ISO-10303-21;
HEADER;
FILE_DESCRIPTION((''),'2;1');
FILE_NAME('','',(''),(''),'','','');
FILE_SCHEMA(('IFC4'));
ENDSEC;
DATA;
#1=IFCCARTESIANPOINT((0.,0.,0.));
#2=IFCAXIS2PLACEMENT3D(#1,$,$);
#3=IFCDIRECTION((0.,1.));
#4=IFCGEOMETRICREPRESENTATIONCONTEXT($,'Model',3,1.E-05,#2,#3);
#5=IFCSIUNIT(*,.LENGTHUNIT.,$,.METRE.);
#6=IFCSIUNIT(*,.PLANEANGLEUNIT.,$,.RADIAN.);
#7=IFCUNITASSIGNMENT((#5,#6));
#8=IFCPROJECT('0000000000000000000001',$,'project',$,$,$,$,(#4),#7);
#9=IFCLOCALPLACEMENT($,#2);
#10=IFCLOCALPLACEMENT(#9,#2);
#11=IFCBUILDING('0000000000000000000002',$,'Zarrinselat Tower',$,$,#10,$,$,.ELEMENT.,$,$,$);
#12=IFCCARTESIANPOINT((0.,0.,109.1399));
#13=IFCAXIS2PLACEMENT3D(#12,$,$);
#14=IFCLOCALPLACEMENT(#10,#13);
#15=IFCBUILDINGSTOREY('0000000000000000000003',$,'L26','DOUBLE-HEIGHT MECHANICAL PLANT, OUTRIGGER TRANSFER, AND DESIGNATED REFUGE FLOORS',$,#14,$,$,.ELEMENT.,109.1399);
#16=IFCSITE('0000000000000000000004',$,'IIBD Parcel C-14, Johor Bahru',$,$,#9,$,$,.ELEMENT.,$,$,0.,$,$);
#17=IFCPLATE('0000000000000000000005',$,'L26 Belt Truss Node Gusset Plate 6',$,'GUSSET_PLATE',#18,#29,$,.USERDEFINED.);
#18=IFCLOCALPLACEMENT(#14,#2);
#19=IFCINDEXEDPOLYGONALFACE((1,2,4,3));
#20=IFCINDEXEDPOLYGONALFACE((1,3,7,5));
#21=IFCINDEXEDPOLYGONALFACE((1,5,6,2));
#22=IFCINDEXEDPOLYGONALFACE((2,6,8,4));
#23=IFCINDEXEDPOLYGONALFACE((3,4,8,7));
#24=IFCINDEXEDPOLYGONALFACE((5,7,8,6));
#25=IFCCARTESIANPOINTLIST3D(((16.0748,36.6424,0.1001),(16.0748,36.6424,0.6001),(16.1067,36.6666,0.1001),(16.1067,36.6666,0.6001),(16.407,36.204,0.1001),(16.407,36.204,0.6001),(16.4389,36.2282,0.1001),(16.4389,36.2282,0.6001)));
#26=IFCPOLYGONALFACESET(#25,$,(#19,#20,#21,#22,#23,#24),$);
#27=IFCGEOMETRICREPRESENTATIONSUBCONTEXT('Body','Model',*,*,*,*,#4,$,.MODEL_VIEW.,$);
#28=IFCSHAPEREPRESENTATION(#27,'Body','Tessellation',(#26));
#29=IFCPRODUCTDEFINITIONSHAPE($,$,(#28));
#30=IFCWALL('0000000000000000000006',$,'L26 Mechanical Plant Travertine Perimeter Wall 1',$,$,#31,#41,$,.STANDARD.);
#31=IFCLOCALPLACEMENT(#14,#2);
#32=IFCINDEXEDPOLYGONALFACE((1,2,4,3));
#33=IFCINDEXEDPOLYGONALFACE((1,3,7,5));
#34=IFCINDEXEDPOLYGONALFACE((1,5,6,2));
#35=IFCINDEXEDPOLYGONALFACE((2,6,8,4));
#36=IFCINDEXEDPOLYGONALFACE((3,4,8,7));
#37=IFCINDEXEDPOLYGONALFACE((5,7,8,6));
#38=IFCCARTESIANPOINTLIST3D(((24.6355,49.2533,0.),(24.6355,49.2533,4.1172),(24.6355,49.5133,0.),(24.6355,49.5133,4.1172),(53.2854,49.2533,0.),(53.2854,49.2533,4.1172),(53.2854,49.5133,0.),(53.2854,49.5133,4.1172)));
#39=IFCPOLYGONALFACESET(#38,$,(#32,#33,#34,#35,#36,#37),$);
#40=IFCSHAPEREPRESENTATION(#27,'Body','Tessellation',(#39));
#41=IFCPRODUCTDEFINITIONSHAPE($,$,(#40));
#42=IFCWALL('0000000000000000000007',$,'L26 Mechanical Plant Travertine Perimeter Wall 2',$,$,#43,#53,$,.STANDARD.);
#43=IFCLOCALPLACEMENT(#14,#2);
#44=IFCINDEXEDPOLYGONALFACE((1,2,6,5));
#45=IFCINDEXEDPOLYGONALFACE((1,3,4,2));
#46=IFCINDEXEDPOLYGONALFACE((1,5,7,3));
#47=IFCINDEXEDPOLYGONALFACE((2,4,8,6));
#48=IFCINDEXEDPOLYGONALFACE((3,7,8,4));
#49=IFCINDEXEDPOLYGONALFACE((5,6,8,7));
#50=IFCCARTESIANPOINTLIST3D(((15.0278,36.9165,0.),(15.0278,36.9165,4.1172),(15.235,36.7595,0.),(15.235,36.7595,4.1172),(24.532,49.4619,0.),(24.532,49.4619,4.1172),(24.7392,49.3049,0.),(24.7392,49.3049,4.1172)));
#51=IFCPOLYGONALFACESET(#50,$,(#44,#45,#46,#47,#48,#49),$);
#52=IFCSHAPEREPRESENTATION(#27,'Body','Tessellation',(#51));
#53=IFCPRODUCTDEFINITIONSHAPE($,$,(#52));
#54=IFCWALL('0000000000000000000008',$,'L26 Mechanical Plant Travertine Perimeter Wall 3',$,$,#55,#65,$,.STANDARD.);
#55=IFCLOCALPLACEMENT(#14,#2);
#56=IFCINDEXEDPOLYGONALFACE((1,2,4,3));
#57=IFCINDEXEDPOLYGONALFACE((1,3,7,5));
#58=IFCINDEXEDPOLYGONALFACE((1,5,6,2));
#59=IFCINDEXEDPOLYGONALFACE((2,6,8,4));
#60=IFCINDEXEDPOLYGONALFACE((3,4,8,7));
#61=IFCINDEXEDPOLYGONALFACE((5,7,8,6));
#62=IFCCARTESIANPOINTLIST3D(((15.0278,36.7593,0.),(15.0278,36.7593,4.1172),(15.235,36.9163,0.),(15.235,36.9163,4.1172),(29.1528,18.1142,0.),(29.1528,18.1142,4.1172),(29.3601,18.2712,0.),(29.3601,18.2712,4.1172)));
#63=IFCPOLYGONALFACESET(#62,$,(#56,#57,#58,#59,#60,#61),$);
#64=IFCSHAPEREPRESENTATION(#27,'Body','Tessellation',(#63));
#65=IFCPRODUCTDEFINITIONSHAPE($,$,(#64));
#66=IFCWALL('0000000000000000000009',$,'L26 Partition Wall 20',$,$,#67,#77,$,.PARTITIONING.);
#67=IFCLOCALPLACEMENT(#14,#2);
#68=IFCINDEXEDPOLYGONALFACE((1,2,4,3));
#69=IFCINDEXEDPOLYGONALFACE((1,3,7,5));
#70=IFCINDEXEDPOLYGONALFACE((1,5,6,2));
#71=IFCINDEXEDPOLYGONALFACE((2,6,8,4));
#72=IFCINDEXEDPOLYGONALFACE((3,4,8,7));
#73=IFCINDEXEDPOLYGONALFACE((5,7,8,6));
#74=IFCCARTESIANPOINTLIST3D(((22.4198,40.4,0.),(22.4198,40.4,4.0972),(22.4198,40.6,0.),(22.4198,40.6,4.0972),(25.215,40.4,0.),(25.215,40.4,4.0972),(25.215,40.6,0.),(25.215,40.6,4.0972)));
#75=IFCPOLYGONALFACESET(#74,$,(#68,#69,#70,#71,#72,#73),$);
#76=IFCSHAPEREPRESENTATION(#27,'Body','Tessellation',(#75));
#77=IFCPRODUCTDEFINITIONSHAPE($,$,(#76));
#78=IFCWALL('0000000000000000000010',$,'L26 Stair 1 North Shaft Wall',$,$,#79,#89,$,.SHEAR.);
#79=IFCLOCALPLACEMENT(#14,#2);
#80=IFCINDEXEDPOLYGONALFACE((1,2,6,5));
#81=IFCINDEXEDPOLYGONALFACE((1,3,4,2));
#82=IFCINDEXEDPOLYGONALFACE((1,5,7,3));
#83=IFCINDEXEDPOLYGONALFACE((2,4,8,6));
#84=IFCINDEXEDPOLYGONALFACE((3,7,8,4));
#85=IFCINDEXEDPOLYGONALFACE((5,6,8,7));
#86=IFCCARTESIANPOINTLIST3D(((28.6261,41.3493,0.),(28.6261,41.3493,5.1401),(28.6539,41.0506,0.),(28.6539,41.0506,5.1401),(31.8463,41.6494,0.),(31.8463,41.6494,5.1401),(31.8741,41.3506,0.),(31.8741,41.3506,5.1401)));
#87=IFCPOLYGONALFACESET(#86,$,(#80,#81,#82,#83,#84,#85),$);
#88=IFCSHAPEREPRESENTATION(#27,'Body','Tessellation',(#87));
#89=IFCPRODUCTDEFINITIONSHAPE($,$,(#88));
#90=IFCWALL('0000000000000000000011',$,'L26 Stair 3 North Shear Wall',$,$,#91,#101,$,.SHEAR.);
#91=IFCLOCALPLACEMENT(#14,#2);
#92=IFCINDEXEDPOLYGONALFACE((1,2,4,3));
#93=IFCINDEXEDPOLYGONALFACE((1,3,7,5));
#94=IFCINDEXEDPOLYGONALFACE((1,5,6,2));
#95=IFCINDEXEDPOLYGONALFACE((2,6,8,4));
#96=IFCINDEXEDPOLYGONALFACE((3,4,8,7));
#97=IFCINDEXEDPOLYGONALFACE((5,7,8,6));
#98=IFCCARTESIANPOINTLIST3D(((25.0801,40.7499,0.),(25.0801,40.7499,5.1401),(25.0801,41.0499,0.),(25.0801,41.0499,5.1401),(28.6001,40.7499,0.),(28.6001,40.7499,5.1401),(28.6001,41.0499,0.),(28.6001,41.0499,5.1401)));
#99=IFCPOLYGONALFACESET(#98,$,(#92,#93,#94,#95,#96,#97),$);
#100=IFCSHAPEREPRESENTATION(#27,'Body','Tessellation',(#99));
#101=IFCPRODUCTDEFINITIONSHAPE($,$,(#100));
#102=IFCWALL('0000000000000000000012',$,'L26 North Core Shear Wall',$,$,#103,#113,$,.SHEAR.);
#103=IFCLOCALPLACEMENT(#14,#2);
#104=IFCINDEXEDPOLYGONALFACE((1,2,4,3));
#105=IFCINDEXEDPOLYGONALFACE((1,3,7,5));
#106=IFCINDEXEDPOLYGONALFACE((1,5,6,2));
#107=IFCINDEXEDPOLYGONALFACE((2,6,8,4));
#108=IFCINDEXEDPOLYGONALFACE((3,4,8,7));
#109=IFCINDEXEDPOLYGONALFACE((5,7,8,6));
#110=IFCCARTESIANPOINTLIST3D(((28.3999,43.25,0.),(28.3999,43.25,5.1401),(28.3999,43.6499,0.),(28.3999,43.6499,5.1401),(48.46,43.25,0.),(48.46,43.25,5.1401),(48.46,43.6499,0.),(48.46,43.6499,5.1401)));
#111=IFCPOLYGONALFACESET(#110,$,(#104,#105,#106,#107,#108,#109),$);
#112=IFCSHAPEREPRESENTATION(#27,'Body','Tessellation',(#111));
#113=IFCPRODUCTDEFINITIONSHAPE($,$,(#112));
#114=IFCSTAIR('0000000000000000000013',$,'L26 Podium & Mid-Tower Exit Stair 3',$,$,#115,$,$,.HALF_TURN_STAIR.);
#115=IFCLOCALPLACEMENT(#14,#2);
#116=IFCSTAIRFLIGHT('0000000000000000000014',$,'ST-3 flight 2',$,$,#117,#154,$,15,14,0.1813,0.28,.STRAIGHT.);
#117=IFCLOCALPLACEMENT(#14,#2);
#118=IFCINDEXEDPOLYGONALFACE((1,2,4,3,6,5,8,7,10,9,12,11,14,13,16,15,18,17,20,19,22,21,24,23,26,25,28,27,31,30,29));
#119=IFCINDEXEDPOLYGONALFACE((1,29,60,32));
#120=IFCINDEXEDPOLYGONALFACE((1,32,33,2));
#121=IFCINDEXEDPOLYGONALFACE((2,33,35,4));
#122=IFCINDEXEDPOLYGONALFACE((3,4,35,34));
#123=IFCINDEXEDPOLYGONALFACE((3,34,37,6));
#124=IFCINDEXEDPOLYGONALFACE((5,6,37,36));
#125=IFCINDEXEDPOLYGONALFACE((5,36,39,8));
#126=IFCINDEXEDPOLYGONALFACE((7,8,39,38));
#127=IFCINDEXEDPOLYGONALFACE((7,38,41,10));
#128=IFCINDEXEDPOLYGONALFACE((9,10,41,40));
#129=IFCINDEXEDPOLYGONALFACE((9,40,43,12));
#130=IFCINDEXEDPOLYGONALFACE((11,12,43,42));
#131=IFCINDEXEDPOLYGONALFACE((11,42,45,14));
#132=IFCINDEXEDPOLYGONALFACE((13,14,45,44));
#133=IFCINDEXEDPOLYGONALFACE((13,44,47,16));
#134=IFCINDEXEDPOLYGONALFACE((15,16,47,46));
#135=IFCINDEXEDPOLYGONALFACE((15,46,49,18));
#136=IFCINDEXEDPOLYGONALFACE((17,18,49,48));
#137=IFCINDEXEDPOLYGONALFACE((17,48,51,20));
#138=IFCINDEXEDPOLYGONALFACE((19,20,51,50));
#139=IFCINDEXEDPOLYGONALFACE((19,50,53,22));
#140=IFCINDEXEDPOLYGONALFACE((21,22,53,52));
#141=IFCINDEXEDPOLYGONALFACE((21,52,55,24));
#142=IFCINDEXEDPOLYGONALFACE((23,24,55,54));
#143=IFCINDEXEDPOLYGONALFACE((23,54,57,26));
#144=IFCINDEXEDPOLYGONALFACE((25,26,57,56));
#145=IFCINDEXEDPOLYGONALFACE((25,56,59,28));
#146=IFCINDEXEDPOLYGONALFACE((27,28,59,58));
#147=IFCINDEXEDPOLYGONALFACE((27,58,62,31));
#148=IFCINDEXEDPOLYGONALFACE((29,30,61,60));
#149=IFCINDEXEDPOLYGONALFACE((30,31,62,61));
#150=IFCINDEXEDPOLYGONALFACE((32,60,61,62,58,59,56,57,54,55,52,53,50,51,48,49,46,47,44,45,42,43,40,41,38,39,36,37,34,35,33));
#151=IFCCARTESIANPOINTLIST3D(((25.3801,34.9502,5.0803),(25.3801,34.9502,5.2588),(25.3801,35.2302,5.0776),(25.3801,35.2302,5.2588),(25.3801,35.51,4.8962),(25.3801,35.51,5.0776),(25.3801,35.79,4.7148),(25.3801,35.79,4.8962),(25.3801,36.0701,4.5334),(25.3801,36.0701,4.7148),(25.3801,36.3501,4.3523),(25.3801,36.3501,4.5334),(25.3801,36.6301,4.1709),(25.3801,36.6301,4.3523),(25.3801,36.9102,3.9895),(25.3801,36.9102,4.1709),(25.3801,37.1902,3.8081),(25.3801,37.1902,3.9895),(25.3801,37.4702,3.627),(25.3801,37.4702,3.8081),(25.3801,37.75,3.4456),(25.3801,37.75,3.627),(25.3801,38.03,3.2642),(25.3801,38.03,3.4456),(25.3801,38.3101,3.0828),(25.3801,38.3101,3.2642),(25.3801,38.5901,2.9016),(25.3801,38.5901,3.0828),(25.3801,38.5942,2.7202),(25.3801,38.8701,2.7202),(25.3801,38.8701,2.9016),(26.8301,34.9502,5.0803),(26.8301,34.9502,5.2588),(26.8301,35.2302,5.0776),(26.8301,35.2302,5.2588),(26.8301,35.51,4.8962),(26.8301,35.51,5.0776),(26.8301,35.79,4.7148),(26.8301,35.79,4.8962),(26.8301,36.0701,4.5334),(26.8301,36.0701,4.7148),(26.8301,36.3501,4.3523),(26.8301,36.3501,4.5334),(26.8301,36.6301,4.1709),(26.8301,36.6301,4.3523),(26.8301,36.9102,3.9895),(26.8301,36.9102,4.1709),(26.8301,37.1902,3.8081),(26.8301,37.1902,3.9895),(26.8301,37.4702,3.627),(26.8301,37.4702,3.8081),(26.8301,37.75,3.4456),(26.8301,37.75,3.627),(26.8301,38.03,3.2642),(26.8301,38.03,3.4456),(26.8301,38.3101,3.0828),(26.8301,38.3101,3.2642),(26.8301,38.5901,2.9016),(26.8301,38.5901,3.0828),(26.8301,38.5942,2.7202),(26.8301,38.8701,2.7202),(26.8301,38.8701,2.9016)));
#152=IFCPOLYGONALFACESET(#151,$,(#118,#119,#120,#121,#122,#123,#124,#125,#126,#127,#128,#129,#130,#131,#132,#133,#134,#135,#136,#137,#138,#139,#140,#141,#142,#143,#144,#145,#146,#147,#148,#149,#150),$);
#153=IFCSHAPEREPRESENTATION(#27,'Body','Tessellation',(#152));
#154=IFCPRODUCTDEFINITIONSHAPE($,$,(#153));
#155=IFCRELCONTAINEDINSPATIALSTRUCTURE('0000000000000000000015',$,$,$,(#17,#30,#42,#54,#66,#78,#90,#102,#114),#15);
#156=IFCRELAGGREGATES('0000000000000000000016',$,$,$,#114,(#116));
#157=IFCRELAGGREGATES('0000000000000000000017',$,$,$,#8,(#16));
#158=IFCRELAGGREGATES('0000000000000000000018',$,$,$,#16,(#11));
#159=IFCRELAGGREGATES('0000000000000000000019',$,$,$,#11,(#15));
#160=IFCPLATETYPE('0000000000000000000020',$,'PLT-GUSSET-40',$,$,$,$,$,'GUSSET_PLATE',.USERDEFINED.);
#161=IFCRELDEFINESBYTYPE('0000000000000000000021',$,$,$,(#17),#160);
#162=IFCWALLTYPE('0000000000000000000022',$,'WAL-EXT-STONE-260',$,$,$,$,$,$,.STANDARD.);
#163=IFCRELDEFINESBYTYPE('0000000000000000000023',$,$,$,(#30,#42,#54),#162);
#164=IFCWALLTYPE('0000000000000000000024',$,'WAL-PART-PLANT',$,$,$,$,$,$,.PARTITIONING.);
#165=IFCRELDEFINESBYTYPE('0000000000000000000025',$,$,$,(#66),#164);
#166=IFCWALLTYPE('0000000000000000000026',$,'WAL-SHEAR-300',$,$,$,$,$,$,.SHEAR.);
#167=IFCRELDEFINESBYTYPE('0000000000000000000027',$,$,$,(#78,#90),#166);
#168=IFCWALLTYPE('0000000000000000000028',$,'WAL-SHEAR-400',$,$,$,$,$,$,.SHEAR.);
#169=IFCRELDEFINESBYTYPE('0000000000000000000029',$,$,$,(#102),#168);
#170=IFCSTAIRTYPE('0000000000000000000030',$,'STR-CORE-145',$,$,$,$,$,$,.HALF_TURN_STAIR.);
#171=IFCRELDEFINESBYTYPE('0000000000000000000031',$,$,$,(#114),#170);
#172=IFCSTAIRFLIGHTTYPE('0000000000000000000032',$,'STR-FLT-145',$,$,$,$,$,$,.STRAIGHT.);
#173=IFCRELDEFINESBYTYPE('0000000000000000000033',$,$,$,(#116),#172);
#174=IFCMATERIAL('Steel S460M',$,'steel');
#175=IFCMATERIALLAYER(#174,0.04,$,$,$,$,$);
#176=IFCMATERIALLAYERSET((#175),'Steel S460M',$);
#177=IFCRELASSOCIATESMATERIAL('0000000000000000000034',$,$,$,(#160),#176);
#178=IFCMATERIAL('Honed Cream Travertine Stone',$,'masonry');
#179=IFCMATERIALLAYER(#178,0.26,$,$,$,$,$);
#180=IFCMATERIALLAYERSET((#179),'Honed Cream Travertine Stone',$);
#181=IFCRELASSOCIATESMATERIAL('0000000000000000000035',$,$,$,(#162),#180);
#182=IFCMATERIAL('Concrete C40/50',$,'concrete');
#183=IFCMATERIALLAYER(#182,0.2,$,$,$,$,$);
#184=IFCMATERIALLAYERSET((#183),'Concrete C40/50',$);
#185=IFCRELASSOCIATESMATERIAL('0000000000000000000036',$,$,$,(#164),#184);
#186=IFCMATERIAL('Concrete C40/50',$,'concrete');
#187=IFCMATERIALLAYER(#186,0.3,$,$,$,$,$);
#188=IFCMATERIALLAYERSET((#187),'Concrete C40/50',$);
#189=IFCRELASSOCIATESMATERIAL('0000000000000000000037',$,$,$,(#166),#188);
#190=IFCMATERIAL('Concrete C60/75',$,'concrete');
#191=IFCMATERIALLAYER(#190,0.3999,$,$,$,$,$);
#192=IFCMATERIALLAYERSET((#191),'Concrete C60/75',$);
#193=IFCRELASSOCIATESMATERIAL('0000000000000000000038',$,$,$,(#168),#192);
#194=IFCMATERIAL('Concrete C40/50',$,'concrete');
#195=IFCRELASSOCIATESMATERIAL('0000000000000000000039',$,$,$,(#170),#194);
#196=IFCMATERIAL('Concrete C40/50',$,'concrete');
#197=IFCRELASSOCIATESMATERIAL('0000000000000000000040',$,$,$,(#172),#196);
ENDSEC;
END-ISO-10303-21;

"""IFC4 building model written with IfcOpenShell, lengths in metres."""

from ifc_helpers import new_model, si_unit, direction, frame, frame_2d, origin, origin_2d, place, context, subcontext, project, spatial, polyline, rectangle, outline, extrude, material, layer, layer_set, type_object, element, aggregate, save


model = new_model("IFC4")

# Units and contexts
model_context = context("Model", 3, precision=1e-05, world=origin(), true_north=direction((0.0, 1.0)))
body_context = subcontext(model_context, "Body", "Model", "MODEL_VIEW")
ifc_project = project(units=[si_unit("LENGTHUNIT", "METRE"), si_unit("PLANEANGLEUNIT", "RADIAN")], contexts=[model_context])

# Site, building, storey
site_placement = place(None, origin())
site = spatial("IfcSite", under=ifc_project, at=site_placement, Name="IIBD Parcel C-14, Johor Bahru", CompositionType="ELEMENT", RefElevation=0.0)
building_placement = place(site_placement, origin())
building = spatial("IfcBuilding", under=site, at=building_placement, Name="Zarrinselat Tower", CompositionType="ELEMENT")
storey_placement = place(building_placement, frame((0.0, 0.0, 109.1399)))
storey = spatial("IfcBuildingStorey", under=building, at=storey_placement, Name="L26", Description="DOUBLE-HEIGHT MECHANICAL PLANT, OUTRIGGER TRANSFER, AND DESIGNATED REFUGE FLOORS", CompositionType="ELEMENT", Elevation=109.1399)

# Plate
ifc_material_1 = material(Name="Steel S460M", Category="steel")
ifc_layer_1 = layer(ifc_material_1, 0.04)
ifc_layer_set_1 = layer_set([ifc_layer_1], Name="Steel S460M")
plate_type = type_object("IfcPlateType", Name="PLT-GUSSET-40", ElementType="GUSSET_PLATE", PredefinedType="USERDEFINED", material=ifc_layer_set_1)
for number, where, z_axis, x_axis, name in (
    (1, (16.2568, 36.4353, 0.1001), (0.0, 0.0, 1.0), (0.603848, -0.797099, 0.0), "L26 Belt Truss Node Gusset Plate 6"),
):
    element("IfcPlate", number, at=place(storey_placement, frame(where, z_axis=z_axis, x_axis=x_axis)), inside=storey, type_object=plate_type, Name=name, ObjectType="GUSSET_PLATE", PredefinedType="USERDEFINED", context=body_context, shape_type="SweptSolid", body=[
        extrude(rectangle(XDim=0.55, YDim=0.04, at=origin_2d()), origin(), (0.0, 0.0, 1.0), 0.5),
    ])

# Walls
ifc_material_2 = material(Name="Honed Cream Travertine Stone", Category="masonry")
ifc_layer_2 = layer(ifc_material_2, 0.26)
ifc_layer_set_2 = layer_set([ifc_layer_2], Name="Honed Cream Travertine Stone")
wall_type_1 = type_object("IfcWallType", Name="WAL-EXT-STONE-260", PredefinedType="STANDARD", material=ifc_layer_set_2)
wall_1_placement = place(storey_placement, frame((24.6355, 49.3833, 0.0), z_axis=(0.0, 0.0, 1.0), x_axis=(1.0, 0.0, 0.0)))
element("IfcWall", 2, at=wall_1_placement, inside=storey, type_object=wall_type_1, Name="L26 Mechanical Plant Travertine Perimeter Wall 1", PredefinedType="STANDARD", context=body_context, shape_type="SweptSolid", body=[
    extrude(rectangle(XDim=28.6499, YDim=0.26, at=frame_2d((14.325, 0.0))), origin(), (0.0, 0.0, 1.0), 4.1172),
])
wall_2_placement = place(storey_placement, frame((15.1313, 36.8379, 0.0), z_axis=(0.0, 0.0, 1.0), x_axis=(0.60386, 0.797091, 0.0)))
element("IfcWall", 3, at=wall_2_placement, inside=storey, type_object=wall_type_1, Name="L26 Mechanical Plant Travertine Perimeter Wall 2", PredefinedType="STANDARD", context=body_context, shape_type="SweptSolid", body=[
    extrude(rectangle(XDim=15.739, YDim=0.26, at=frame_2d((7.8696, 0.0))), origin(), (0.0, 0.0, 1.0), 4.1172),
])
wall_3_placement = place(storey_placement, frame((15.1313, 36.8379, 0.0), z_axis=(0.0, 0.0, 1.0), x_axis=(0.603857, -0.797092, 0.0)))
element("IfcWall", 4, at=wall_3_placement, inside=storey, type_object=wall_type_1, Name="L26 Mechanical Plant Travertine Perimeter Wall 3", PredefinedType="STANDARD", context=body_context, shape_type="SweptSolid", body=[
    extrude(rectangle(XDim=23.3914, YDim=0.26, at=frame_2d((11.6958, 0.0))), origin(), (0.0, 0.0, 1.0), 4.1172),
])
ifc_material_3 = material(Name="Concrete C40/50", Category="concrete")
ifc_layer_3 = layer(ifc_material_3, 0.2)
ifc_layer_set_3 = layer_set([ifc_layer_3], Name="Concrete C40/50")
wall_type_2 = type_object("IfcWallType", Name="WAL-PART-PLANT", PredefinedType="PARTITIONING", material=ifc_layer_set_3)
wall_4_placement = place(storey_placement, frame((22.4199, 40.5, 0.0), z_axis=(0.0, 0.0, 1.0), x_axis=(1.0, 0.0, 0.0)))
element("IfcWall", 5, at=wall_4_placement, inside=storey, type_object=wall_type_2, Name="L26 Partition Wall 20", PredefinedType="PARTITIONING", context=body_context, shape_type="SweptSolid", body=[
    extrude(rectangle(XDim=2.7952, YDim=0.2, at=frame_2d((1.3975, 0.0))), origin(), (0.0, 0.0, 1.0), 4.0972),
])
ifc_material_4 = material(Name="Concrete C40/50", Category="concrete")
ifc_layer_4 = layer(ifc_material_4, 0.3)
ifc_layer_set_4 = layer_set([ifc_layer_4], Name="Concrete C40/50")
wall_type_3 = type_object("IfcWallType", Name="WAL-SHEAR-300", PredefinedType="SHEAR", material=ifc_layer_set_4)
wall_5_placement = place(storey_placement, frame((28.6399, 41.2, 0.0), z_axis=(0.0, 0.0, 1.0), x_axis=(0.995687, 0.092775, 0.0)))
element("IfcWall", 6, at=wall_5_placement, inside=storey, type_object=wall_type_3, Name="L26 Stair 1 North Shaft Wall", PredefinedType="SHEAR", context=body_context, shape_type="SweptSolid", body=[
    extrude(rectangle(XDim=3.2341, YDim=0.3, at=frame_2d((1.6172, 0.0))), origin(), (0.0, 0.0, 1.0), 5.1401),
])
wall_6_placement = place(storey_placement, frame((25.0801, 40.8999, 0.0), z_axis=(0.0, 0.0, 1.0), x_axis=(1.0, 0.0, 0.0)))
element("IfcWall", 7, at=wall_6_placement, inside=storey, type_object=wall_type_3, Name="L26 Stair 3 North Shear Wall", PredefinedType="SHEAR", context=body_context, shape_type="SweptSolid", body=[
    extrude(rectangle(XDim=3.52, YDim=0.3, at=frame_2d((1.76, 0.0))), origin(), (0.0, 0.0, 1.0), 5.1401),
])
ifc_material_5 = material(Name="Concrete C60/75", Category="concrete")
ifc_layer_5 = layer(ifc_material_5, 0.3999)
ifc_layer_set_5 = layer_set([ifc_layer_5], Name="Concrete C60/75")
wall_type_4 = type_object("IfcWallType", Name="WAL-SHEAR-400", PredefinedType="SHEAR", material=ifc_layer_set_5)
wall_7_placement = place(storey_placement, frame((28.3999, 43.45, 0.0), z_axis=(0.0, 0.0, 1.0), x_axis=(1.0, 0.0, 0.0)))
element("IfcWall", 8, at=wall_7_placement, inside=storey, type_object=wall_type_4, Name="L26 North Core Shear Wall", PredefinedType="SHEAR", context=body_context, shape_type="SweptSolid", body=[
    extrude(rectangle(XDim=20.0601, YDim=0.3999, at=frame_2d((10.03, 0.0))), origin(), (0.0, 0.0, 1.0), 5.1401),
])

# Stair, stair flight
ifc_material_6 = material(Name="Concrete C40/50", Category="concrete")
stair_type_1 = type_object("IfcStairType", Name="STR-CORE-145", PredefinedType="HALF_TURN_STAIR", material=ifc_material_6)
stair_1_placement = place(storey_placement, origin())
stair_1 = element("IfcStair", 9, at=stair_1_placement, inside=storey, type_object=stair_type_1, Name="L26 Podium & Mid-Tower Exit Stair 3", PredefinedType="HALF_TURN_STAIR")
ifc_material_7 = material(Name="Concrete C40/50", Category="concrete")
stair_flight_type_1 = type_object("IfcStairFlightType", Name="STR-FLT-145", PredefinedType="STRAIGHT", material=ifc_material_7)
stair_flight_1_placement = place(storey_placement, frame((26.105, 38.8701, 2.7202), z_axis=(0.0, 0.0, 1.0), x_axis=(0.0, -1.0, 0.0)))
stair_flight_1 = element("IfcStairFlight", 10, at=stair_flight_1_placement, type_object=stair_flight_type_1, Name="ST-3 flight 2", NumberOfRisers=15, NumberOfTreads=14, PredefinedType="STRAIGHT", RiserHeight=0.1813, TreadLength=0.28, context=body_context, shape_type="SweptSolid", body=[
    extrude(outline(polyline([(0.0, 0.0), (0.0, 0.1814), (0.28, 0.1814), (0.28, 0.3625), (0.5601, 0.3625), (0.5601, 0.5439), (0.8401, 0.5439), (0.8401, 0.7253), (1.1201, 0.7253), (1.1201, 0.9067), (1.3999, 0.9067), (1.3999, 1.0879), (1.6799, 1.0879), (1.6799, 1.2693), (1.96, 1.2693), (1.96, 1.4507), (2.24, 1.4507), (2.24, 1.6321), (2.52, 1.6321), (2.52, 1.8132), (2.8, 1.8132), (2.8, 1.9946), (3.0801, 1.9946), (3.0801, 2.176), (3.3601, 2.176), (3.3601, 2.3574), (3.6399, 2.3574), (3.6399, 2.5386), (3.9199, 2.5386), (3.9199, 2.72), (3.9199, 2.3601), (0.2759, 0.0), (0.0, 0.0)])), frame((0.0, 0.7251, 0.0), z_axis=(0.0, -1.0, 0.0), x_axis=(1.0, 0.0, 0.0)), (0.0, 0.0, 1.0), 1.45),
])
aggregate(stair_1, [stair_flight_1])

save(model, "model.ifc")
